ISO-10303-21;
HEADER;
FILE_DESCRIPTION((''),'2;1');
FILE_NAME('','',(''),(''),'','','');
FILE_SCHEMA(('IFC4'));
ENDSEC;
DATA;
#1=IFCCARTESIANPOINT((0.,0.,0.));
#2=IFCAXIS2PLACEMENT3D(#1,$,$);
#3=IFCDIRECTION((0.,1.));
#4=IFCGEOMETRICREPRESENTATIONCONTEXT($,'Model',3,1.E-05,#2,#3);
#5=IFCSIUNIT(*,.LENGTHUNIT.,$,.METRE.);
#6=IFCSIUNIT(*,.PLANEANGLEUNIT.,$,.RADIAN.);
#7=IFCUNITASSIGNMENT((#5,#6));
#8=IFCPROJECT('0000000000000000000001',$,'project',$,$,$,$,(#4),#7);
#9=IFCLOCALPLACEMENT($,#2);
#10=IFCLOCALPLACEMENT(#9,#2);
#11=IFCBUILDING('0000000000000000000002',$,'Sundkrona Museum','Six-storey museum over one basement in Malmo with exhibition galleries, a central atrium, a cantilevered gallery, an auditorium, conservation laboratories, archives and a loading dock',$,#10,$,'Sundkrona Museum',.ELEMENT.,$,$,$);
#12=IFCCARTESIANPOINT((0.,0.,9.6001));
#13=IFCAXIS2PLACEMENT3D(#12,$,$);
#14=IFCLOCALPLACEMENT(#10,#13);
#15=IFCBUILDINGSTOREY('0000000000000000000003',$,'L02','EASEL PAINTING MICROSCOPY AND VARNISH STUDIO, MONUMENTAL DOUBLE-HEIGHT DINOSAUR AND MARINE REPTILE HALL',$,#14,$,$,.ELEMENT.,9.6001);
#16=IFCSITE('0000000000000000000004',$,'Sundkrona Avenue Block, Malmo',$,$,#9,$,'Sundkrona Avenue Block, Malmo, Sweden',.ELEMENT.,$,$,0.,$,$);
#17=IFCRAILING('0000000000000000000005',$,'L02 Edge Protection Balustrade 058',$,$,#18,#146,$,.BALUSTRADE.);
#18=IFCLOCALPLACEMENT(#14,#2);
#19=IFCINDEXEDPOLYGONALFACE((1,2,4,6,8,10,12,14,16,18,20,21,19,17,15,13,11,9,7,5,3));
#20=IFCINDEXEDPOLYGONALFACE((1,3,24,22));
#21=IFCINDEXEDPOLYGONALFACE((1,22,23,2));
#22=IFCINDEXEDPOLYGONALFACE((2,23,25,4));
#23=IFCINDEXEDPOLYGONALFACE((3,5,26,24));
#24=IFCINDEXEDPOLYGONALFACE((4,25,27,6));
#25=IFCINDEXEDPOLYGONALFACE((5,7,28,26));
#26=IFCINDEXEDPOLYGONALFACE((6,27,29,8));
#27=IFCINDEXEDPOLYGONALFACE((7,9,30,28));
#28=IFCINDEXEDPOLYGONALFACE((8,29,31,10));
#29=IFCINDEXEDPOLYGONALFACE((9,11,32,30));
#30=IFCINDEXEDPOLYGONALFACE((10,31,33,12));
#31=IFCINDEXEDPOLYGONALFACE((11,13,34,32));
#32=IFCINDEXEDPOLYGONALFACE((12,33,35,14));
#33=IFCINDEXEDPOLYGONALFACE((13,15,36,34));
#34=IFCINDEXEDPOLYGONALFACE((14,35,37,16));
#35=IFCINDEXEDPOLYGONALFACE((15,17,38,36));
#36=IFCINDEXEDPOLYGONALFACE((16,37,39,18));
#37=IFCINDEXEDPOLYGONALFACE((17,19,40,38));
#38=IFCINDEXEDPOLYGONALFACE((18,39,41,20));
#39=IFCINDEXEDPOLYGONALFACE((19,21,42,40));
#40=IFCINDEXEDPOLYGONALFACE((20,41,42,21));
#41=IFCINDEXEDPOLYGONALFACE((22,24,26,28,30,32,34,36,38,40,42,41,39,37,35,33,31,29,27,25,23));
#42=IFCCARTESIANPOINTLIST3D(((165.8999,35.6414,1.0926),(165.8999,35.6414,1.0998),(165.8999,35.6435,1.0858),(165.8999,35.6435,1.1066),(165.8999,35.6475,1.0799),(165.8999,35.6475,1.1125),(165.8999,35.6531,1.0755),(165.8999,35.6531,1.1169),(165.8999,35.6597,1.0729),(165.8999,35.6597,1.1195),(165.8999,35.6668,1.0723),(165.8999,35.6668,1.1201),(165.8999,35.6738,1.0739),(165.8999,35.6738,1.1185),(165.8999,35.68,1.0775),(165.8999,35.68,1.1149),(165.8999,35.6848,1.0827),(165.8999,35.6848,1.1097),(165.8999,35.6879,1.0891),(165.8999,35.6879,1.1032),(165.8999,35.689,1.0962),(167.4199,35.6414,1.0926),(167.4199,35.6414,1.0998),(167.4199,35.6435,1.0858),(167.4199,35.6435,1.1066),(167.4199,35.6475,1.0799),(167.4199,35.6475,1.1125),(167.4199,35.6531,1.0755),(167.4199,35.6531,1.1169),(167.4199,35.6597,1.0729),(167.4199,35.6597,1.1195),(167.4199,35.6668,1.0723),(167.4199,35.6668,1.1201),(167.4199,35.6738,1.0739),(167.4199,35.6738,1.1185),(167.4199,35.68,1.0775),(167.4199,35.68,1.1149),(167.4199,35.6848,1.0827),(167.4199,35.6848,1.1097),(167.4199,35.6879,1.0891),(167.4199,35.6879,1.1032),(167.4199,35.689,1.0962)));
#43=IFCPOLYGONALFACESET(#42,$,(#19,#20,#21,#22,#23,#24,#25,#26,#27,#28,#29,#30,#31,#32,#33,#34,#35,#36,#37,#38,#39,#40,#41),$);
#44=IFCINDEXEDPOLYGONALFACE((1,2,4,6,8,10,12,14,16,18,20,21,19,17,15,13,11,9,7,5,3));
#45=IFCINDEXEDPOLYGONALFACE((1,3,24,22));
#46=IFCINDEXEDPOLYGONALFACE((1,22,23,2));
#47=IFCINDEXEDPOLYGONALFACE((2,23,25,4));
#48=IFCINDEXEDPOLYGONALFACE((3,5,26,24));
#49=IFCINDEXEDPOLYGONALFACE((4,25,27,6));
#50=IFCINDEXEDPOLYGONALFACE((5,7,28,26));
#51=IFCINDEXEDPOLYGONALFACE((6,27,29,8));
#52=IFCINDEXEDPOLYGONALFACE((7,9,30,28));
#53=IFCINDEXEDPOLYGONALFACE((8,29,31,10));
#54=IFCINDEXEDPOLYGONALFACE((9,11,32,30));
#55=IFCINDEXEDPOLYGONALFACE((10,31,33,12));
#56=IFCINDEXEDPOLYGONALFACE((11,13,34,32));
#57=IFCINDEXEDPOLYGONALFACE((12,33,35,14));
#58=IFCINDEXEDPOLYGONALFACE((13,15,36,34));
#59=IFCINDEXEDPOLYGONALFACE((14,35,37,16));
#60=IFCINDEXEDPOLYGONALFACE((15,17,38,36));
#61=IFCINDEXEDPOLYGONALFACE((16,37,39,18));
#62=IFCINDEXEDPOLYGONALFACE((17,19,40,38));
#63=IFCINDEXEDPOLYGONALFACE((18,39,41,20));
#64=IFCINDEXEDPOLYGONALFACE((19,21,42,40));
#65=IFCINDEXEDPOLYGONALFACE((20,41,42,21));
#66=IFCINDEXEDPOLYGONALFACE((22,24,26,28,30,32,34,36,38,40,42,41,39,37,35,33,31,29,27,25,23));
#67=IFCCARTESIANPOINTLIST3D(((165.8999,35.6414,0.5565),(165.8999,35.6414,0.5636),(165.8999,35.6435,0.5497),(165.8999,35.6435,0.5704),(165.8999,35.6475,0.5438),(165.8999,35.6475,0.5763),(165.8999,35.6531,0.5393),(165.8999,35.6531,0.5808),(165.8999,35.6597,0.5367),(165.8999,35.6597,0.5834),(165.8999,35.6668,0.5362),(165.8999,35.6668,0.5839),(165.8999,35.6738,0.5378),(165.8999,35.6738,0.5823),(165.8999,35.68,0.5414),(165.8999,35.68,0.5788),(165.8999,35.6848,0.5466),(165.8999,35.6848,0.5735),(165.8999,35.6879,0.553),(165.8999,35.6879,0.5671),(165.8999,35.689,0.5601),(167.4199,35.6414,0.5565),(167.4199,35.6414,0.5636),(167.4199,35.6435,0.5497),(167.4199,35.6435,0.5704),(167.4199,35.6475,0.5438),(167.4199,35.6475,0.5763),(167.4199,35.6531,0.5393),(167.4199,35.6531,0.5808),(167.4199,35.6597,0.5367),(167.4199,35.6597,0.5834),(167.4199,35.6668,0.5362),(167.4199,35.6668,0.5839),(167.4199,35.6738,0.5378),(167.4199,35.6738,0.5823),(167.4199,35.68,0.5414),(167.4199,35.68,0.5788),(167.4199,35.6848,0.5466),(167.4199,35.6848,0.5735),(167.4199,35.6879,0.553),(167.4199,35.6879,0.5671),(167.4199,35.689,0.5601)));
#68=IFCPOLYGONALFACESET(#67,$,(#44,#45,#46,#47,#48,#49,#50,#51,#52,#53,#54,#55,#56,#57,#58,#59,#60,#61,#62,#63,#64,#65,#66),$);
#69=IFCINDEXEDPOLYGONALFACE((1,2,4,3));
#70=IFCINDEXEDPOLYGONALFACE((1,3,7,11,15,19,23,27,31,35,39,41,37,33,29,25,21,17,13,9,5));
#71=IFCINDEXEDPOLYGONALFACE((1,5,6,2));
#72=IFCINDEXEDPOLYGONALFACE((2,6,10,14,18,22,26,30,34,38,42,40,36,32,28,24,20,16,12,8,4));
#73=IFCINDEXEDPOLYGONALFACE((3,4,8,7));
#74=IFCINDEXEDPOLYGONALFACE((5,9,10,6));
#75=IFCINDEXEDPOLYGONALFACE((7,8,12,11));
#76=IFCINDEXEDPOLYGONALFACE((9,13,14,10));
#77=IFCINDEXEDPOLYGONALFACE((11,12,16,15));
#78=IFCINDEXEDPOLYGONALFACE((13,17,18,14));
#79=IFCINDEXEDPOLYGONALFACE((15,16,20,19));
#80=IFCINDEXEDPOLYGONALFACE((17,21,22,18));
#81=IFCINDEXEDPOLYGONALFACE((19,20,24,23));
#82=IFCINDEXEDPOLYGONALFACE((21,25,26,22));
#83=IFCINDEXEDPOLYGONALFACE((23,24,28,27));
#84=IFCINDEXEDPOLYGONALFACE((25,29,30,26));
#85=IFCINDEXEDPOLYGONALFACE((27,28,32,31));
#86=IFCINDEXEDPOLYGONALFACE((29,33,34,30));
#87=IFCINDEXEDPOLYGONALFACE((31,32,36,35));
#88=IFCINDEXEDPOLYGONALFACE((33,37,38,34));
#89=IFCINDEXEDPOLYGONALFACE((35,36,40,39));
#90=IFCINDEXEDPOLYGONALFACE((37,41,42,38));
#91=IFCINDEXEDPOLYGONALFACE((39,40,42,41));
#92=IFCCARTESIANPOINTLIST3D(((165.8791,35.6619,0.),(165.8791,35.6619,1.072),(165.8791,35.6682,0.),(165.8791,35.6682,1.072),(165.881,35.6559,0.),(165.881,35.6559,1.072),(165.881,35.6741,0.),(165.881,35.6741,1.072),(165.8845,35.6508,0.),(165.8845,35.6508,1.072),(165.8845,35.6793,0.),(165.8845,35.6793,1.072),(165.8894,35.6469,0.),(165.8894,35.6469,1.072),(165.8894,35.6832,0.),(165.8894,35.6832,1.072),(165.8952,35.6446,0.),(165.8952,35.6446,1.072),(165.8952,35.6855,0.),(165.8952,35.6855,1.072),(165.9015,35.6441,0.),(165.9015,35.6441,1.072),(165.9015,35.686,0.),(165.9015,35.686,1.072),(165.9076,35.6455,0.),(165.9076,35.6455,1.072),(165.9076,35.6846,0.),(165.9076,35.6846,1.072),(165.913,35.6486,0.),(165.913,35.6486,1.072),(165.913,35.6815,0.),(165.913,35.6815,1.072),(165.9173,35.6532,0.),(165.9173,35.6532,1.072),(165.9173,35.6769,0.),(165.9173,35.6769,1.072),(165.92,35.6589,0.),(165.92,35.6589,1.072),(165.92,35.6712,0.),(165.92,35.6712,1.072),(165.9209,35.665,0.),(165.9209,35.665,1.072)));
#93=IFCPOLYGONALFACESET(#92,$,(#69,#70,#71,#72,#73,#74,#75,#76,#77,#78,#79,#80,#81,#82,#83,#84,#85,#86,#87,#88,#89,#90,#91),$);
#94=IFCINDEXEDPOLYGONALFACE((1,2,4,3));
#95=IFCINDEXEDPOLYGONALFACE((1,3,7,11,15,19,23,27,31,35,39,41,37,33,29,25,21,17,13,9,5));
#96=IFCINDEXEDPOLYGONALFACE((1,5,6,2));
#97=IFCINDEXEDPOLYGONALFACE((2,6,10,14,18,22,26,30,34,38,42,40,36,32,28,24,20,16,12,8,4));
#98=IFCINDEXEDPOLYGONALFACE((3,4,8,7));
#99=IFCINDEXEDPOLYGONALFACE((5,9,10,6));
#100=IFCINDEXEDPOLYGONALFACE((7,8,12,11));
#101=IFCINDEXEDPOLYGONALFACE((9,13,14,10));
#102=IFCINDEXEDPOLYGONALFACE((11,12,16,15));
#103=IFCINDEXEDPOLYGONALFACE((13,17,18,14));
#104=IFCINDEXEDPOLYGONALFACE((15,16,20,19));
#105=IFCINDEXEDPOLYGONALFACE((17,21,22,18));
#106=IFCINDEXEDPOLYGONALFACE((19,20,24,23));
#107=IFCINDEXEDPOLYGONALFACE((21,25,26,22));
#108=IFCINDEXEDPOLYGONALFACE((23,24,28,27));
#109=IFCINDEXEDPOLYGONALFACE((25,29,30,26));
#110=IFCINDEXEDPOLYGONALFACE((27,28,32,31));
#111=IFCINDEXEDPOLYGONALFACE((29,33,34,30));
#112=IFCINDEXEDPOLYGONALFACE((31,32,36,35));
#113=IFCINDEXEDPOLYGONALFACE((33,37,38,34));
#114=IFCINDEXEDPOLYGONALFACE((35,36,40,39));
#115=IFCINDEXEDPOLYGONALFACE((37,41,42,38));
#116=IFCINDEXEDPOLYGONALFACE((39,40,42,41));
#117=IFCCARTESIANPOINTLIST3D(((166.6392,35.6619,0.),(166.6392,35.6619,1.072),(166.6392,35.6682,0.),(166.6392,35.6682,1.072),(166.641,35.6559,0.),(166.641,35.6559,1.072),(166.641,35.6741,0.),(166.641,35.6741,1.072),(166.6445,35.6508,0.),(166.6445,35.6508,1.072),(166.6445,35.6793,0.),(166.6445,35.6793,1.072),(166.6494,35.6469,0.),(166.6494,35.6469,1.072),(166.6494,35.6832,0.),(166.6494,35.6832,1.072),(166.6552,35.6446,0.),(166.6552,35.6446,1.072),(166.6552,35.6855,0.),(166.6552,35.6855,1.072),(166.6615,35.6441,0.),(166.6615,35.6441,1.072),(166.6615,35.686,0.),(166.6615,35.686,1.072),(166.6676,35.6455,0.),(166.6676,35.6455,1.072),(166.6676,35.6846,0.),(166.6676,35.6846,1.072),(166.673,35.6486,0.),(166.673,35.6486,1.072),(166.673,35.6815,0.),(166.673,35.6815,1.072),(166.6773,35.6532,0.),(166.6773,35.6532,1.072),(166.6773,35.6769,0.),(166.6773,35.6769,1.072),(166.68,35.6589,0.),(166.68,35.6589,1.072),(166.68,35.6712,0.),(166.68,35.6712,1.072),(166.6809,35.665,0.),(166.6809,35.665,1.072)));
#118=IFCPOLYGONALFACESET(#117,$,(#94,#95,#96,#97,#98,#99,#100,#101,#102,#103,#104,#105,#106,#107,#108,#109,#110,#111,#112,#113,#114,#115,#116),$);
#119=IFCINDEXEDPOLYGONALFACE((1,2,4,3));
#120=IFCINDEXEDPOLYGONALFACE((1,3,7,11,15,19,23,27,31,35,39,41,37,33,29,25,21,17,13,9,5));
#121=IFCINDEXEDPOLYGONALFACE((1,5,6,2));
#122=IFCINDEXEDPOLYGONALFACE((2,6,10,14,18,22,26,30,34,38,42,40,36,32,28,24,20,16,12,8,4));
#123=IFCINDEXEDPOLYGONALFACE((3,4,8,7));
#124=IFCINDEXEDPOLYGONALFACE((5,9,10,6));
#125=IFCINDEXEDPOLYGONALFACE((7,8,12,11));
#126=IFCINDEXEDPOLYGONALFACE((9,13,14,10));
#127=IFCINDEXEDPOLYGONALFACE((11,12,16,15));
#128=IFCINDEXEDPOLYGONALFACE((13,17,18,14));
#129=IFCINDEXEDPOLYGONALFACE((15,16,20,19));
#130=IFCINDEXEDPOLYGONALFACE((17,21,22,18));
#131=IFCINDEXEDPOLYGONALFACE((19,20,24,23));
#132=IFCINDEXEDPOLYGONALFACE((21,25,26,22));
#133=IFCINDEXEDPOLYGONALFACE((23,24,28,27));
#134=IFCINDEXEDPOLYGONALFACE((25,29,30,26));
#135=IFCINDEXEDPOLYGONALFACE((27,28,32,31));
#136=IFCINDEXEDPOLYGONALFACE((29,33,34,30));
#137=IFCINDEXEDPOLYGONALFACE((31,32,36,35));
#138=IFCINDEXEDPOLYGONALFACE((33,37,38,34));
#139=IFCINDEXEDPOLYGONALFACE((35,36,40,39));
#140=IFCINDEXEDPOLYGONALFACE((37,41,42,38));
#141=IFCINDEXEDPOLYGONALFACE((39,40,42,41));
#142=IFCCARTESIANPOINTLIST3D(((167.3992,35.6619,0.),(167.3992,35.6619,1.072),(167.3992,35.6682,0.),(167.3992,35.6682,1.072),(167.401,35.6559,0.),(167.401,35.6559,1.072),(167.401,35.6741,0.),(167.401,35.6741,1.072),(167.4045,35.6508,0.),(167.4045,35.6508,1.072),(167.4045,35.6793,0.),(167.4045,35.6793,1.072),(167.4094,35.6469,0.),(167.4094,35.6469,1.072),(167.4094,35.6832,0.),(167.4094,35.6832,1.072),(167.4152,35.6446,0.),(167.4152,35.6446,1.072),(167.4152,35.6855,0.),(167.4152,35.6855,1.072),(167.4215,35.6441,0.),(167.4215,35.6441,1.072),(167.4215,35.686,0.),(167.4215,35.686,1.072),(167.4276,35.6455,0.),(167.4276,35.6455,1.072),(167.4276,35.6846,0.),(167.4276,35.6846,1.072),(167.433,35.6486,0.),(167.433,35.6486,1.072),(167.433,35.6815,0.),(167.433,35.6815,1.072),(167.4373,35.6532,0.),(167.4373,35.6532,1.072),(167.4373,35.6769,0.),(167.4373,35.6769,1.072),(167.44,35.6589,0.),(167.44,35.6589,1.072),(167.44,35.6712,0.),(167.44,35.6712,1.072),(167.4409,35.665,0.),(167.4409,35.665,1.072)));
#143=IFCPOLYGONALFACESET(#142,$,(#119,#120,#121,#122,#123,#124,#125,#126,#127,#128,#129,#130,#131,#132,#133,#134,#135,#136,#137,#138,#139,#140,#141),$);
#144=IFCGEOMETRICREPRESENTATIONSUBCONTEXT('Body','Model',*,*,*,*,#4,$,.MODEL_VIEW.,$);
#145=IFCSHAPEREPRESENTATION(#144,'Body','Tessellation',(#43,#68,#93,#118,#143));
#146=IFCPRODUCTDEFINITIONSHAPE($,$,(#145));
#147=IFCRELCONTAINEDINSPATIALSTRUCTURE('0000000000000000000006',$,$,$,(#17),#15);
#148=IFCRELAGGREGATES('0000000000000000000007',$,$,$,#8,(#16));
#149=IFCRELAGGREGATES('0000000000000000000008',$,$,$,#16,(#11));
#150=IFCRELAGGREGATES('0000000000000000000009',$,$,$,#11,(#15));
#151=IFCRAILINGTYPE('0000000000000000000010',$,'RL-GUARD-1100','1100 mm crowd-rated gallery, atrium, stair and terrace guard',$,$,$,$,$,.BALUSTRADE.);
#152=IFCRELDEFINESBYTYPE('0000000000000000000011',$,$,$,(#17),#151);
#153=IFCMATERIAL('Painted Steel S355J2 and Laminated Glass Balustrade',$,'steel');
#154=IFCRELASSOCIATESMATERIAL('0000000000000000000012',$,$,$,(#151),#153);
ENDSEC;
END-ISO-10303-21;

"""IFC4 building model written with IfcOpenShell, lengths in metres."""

from ifc_helpers import new_model, si_unit, direction, frame, origin, origin_2d, place, context, subcontext, project, spatial, circle, extrude, material, type_object, element, save


model = new_model("IFC4")

# Units and contexts
model_context = context("Model", 3, precision=1e-05, world=origin(), true_north=direction((0.0, 1.0)))
body_context = subcontext(model_context, "Body", "Model", "MODEL_VIEW")
ifc_project = project(units=[si_unit("LENGTHUNIT", "METRE"), si_unit("PLANEANGLEUNIT", "RADIAN")], contexts=[model_context])

# Site, building, storey
site_placement = place(None, origin())
site = spatial("IfcSite", under=ifc_project, at=site_placement, Name="Sundkrona Avenue Block, Malmo", LongName="Sundkrona Avenue Block, Malmo, Sweden", CompositionType="ELEMENT", RefElevation=0.0)
building_placement = place(site_placement, origin())
building = spatial("IfcBuilding", under=site, at=building_placement, Name="Sundkrona Museum", Description="Six-storey museum over one basement in Malmo with exhibition galleries, a central atrium, a cantilevered gallery, an auditorium, conservation laboratories, archives and a loading dock", LongName="Sundkrona Museum", CompositionType="ELEMENT")
storey_placement = place(building_placement, frame((0.0, 0.0, 9.6001)))
storey = spatial("IfcBuildingStorey", under=building, at=storey_placement, Name="L02", Description="EASEL PAINTING MICROSCOPY AND VARNISH STUDIO, MONUMENTAL DOUBLE-HEIGHT DINOSAUR AND MARINE REPTILE HALL", CompositionType="ELEMENT", Elevation=9.6001)

# Railing
ifc_material_1 = material(Name="Painted Steel S355J2 and Laminated Glass Balustrade", Category="steel")
railing_type_1 = type_object("IfcRailingType", Name="RL-GUARD-1100", Description="1100 mm crowd-rated gallery, atrium, stair and terrace guard", PredefinedType="BALUSTRADE", material=ifc_material_1)
for number, where, name in (
    (1, (165.8999, 35.665, 0.0), "L02 Edge Protection Balustrade 058"),
):
    element("IfcRailing", number, at=place(storey_placement, frame(where)), inside=storey, type_object=railing_type_1, Name=name, PredefinedType="BALUSTRADE", context=body_context, shape_type="SweptSolid", body=[
        extrude(circle(Radius=0.0239, at=origin_2d()), frame((0.0, 0.0, 1.0962), z_axis=(1.0, 0.0, 0.0), x_axis=(0.0, 1.0, 0.0)), (0.0, 0.0, 1.0), 1.52),
        extrude(circle(Radius=0.0239, at=origin_2d()), frame((0.0, 0.0, 0.5601), z_axis=(1.0, 0.0, 0.0), x_axis=(0.0, 1.0, 0.0)), (0.0, 0.0, 1.0), 1.52),
        extrude(circle(Radius=0.021, at=origin_2d()), origin(), (0.0, 0.0, 1.0), 1.072),
        extrude(circle(Radius=0.021, at=origin_2d()), frame((0.76, 0.0, 0.0)), (0.0, 0.0, 1.0), 1.072),
        extrude(circle(Radius=0.021, at=origin_2d()), frame((1.52, 0.0, 0.0)), (0.0, 0.0, 1.0), 1.072),
    ])

save(model, "model.ifc")
